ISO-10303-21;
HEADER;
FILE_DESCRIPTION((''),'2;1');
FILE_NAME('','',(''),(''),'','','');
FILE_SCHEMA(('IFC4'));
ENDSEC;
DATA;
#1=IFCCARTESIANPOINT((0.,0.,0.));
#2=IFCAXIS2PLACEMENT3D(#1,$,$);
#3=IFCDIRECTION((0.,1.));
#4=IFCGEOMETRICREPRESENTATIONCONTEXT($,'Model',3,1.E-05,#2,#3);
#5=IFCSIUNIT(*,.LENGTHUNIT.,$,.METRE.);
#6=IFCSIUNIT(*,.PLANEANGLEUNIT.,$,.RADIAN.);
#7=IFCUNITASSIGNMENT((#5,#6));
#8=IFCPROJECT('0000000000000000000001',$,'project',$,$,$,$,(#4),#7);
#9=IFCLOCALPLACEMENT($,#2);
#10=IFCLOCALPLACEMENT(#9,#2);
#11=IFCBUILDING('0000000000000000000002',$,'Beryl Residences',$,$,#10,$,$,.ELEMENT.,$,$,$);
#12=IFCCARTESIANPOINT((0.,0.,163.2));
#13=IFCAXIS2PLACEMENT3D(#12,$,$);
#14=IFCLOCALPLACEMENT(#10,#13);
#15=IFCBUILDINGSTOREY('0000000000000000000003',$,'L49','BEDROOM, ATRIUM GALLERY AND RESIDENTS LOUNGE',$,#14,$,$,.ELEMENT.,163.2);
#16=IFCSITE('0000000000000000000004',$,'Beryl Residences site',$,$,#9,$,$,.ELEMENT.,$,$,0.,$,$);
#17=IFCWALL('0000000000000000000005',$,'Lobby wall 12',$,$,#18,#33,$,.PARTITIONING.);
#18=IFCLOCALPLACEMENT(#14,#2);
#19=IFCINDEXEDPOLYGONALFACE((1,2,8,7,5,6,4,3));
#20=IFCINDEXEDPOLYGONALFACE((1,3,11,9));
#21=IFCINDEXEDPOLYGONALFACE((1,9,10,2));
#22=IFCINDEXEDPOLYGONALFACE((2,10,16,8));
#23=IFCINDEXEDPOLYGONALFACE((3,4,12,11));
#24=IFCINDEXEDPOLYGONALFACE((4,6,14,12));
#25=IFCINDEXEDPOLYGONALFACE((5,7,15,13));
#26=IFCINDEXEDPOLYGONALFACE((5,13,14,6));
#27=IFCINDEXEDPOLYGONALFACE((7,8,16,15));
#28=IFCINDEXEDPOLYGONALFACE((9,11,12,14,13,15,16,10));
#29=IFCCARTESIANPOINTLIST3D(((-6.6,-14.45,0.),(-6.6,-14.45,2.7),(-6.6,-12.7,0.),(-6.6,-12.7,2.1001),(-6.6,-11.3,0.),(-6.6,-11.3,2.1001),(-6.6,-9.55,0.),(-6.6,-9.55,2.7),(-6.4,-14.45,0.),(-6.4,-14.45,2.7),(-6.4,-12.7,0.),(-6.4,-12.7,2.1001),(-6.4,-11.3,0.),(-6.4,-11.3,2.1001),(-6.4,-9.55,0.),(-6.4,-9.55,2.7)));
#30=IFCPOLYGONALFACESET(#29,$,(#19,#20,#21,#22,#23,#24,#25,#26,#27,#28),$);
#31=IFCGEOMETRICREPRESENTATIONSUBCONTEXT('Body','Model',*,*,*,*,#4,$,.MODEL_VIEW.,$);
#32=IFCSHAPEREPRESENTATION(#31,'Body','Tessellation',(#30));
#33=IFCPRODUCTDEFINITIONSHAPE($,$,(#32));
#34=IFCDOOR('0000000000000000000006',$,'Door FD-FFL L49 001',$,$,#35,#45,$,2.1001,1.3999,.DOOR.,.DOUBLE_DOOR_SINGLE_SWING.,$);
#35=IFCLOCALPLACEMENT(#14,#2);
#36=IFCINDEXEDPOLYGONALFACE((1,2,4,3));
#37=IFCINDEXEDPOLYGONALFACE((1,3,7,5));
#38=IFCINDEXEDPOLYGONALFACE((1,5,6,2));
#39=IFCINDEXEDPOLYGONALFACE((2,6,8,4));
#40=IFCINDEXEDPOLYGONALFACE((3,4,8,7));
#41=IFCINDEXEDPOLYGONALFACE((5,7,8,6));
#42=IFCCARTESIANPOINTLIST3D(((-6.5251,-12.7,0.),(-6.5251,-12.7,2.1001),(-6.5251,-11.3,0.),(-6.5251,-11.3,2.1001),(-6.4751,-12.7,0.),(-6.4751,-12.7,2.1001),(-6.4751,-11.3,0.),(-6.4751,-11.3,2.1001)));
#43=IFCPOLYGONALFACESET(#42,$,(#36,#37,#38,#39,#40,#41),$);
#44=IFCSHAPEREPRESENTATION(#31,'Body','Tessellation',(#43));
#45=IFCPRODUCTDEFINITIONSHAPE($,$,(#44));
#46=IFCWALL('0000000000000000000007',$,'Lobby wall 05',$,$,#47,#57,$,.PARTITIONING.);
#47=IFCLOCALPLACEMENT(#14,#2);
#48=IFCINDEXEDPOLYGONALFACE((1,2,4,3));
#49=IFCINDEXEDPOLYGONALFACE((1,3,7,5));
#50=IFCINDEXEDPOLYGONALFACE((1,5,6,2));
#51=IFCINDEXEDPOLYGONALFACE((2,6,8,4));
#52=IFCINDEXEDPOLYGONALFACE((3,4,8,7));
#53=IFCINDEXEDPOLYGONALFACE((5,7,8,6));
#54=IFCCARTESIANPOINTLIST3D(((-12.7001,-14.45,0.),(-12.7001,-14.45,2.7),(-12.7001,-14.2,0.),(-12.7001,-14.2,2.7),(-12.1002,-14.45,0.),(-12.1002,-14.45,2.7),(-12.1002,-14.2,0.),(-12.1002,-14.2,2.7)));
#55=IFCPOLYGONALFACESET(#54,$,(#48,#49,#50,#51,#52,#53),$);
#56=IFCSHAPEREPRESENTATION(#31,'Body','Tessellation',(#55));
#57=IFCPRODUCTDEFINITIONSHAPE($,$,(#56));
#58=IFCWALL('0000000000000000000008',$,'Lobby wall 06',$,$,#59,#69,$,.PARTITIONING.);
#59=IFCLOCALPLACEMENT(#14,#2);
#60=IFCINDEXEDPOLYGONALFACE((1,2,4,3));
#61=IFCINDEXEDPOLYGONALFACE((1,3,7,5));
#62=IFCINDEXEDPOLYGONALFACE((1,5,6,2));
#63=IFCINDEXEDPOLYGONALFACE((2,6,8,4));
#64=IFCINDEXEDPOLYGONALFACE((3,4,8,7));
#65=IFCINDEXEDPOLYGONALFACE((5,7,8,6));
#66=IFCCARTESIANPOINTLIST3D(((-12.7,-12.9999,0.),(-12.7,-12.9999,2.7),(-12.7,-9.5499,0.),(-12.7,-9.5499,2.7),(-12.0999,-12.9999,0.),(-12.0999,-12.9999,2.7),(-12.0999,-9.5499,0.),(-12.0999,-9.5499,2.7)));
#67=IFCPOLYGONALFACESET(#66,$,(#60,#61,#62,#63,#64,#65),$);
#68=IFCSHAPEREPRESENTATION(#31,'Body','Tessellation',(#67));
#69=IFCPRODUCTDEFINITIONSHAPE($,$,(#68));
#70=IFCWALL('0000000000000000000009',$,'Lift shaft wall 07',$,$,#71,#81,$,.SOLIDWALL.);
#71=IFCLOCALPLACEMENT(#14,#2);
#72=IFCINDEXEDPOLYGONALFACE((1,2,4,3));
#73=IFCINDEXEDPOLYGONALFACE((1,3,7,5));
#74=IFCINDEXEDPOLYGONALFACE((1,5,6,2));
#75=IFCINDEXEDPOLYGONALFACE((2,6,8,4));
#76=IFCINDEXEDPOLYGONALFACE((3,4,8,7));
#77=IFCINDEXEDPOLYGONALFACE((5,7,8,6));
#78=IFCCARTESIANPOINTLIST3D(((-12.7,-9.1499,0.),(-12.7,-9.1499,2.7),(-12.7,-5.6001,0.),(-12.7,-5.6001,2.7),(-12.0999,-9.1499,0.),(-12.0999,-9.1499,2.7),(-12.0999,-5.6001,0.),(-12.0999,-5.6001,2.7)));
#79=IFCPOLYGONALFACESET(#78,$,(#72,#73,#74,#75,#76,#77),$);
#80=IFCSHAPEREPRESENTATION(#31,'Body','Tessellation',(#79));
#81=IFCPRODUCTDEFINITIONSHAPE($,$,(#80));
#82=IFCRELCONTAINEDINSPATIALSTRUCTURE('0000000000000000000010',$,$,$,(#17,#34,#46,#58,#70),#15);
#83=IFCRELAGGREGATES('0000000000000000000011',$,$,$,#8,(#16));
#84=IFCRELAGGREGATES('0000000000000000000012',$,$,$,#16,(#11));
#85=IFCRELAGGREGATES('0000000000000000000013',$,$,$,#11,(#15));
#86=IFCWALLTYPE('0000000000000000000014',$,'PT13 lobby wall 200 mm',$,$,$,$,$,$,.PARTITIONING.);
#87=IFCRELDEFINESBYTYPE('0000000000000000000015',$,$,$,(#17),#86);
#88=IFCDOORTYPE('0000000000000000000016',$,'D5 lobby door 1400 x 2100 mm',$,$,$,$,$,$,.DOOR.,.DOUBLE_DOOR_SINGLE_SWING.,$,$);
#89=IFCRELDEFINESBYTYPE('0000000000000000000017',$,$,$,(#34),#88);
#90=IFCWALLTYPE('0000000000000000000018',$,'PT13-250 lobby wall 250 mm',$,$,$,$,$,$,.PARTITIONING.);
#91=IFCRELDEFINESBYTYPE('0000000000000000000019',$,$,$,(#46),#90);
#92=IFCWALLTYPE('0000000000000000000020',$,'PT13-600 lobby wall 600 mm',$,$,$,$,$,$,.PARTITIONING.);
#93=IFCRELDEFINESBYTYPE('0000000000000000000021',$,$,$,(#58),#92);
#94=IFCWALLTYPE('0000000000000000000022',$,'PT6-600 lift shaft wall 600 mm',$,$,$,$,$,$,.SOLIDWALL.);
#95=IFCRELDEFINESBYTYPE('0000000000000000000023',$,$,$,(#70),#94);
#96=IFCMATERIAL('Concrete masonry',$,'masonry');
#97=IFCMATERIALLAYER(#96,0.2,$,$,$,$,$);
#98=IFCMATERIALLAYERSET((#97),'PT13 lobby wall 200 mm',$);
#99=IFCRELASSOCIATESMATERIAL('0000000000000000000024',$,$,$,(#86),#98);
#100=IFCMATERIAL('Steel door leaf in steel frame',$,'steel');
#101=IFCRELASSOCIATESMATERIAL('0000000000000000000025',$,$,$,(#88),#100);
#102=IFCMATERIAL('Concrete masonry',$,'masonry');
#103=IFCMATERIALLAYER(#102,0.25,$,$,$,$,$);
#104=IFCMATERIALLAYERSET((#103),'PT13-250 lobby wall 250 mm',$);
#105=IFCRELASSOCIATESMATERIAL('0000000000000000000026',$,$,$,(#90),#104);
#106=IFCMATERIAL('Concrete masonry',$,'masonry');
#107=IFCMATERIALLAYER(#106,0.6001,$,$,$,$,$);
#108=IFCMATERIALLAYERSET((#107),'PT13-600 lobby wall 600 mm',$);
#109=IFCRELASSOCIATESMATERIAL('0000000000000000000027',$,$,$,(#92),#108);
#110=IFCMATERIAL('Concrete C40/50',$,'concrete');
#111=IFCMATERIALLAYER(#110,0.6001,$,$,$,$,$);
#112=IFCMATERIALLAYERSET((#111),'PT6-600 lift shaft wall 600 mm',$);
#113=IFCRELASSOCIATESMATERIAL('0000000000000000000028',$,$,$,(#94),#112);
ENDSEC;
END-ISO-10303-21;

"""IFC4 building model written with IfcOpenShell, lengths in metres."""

from ifc_helpers import new_model, si_unit, direction, frame, frame_2d, origin, place, context, subcontext, project, spatial, rectangle, extrude, material, layer, layer_set, type_object, element, fill, save


model = new_model("IFC4")

# Units and contexts
model_context = context("Model", 3, precision=1e-05, world=origin(), true_north=direction((0.0, 1.0)))
body_context = subcontext(model_context, "Body", "Model", "MODEL_VIEW")
ifc_project = project(units=[si_unit("LENGTHUNIT", "METRE"), si_unit("PLANEANGLEUNIT", "RADIAN")], contexts=[model_context])

# Site, building, storey
site_placement = place(None, origin())
site = spatial("IfcSite", under=ifc_project, at=site_placement, Name="Beryl Residences site", CompositionType="ELEMENT", RefElevation=0.0)
building_placement = place(site_placement, origin())
building = spatial("IfcBuilding", under=site, at=building_placement, Name="Beryl Residences", CompositionType="ELEMENT")
storey_placement = place(building_placement, frame((0.0, 0.0, 163.2)))
storey = spatial("IfcBuildingStorey", under=building, at=storey_placement, Name="L49", Description="BEDROOM, ATRIUM GALLERY AND RESIDENTS LOUNGE", CompositionType="ELEMENT", Elevation=163.2)

# Wall, opening, door
ifc_material_1 = material(Name="Concrete masonry", Category="masonry")
ifc_layer_1 = layer(ifc_material_1, 0.2)
ifc_layer_set_1 = layer_set([ifc_layer_1], Name="PT13 lobby wall 200 mm")
wall_type_1 = type_object("IfcWallType", Name="PT13 lobby wall 200 mm", PredefinedType="PARTITIONING", material=ifc_layer_set_1)
wall_1_placement = place(storey_placement, frame((-6.5, -14.45, 0.0), z_axis=(0.0, 0.0, 1.0), x_axis=(0.0, 1.0, 0.0)))
wall_1 = element("IfcWall", 1, at=wall_1_placement, inside=storey, type_object=wall_type_1, Name="Lobby wall 12", PredefinedType="PARTITIONING", context=body_context, shape_type="SweptSolid", body=[
    extrude(rectangle(XDim=4.8999, YDim=0.2, at=frame_2d((2.45, 0.0))), origin(), (0.0, 0.0, 1.0), 2.7),
])
opening_1_placement = place(wall_1_placement, frame((3.1499, 0.0, 0.0), z_axis=(0.0, 0.0, 1.0), x_axis=(-1.0, 0.0, 0.0)))
opening_1 = element("IfcOpeningElement", 2, at=opening_1_placement, cuts=wall_1, PredefinedType="OPENING", context=body_context, shape_type="SweptSolid", body=[
    extrude(rectangle(XDim=1.3999, YDim=2.1001, at=frame_2d((0.7, 1.05))), frame((0.0, 0.1099, 0.0), z_axis=(0.0, -1.0, 0.0), x_axis=(1.0, 0.0, 0.0)), (0.0, 0.0, 1.0), 0.22),
])
ifc_material_2 = material(Name="Steel door leaf in steel frame", Category="steel")
door_type_1 = type_object("IfcDoorType", Name="D5 lobby door 1400 x 2100 mm", OperationType="DOUBLE_DOOR_SINGLE_SWING", PredefinedType="DOOR", material=ifc_material_2)
door_1_placement = place(opening_1_placement, origin())
door_1 = element("IfcDoor", 3, at=door_1_placement, inside=storey, type_object=door_type_1, Name="Door FD-FFL L49 001", OperationType="DOUBLE_DOOR_SINGLE_SWING", OverallHeight=2.1001, OverallWidth=1.3999, PredefinedType="DOOR", context=body_context, shape_type="SweptSolid", body=[
    extrude(rectangle(XDim=1.3999, YDim=2.1001, at=frame_2d((0.7, 1.05))), frame((0.0, 0.0249, 0.0), z_axis=(0.0, -1.0, 0.0), x_axis=(1.0, 0.0, 0.0)), (0.0, 0.0, 1.0), 0.05),
])
fill(opening_1, door_1)

# Walls
ifc_material_3 = material(Name="Concrete masonry", Category="masonry")
ifc_layer_2 = layer(ifc_material_3, 0.25)
ifc_layer_set_2 = layer_set([ifc_layer_2], Name="PT13-250 lobby wall 250 mm")
wall_type_2 = type_object("IfcWallType", Name="PT13-250 lobby wall 250 mm", PredefinedType="PARTITIONING", material=ifc_layer_set_2)
wall_2_placement = place(storey_placement, frame((-12.7, -14.325, 0.0), z_axis=(0.0, 0.0, 1.0), x_axis=(1.0, 0.0, 0.0)))
element("IfcWall", 4, at=wall_2_placement, inside=storey, type_object=wall_type_2, Name="Lobby wall 05", PredefinedType="PARTITIONING", context=body_context, shape_type="SweptSolid", body=[
    extrude(rectangle(XDim=0.5999, YDim=0.25, at=frame_2d((0.2998, 0.0))), origin(), (0.0, 0.0, 1.0), 2.7),
])
ifc_material_4 = material(Name="Concrete masonry", Category="masonry")
ifc_layer_3 = layer(ifc_material_4, 0.6001)
ifc_layer_set_3 = layer_set([ifc_layer_3], Name="PT13-600 lobby wall 600 mm")
wall_type_3 = type_object("IfcWallType", Name="PT13-600 lobby wall 600 mm", PredefinedType="PARTITIONING", material=ifc_layer_set_3)
wall_3_placement = place(storey_placement, frame((-12.3999, -13.0, 0.0), z_axis=(0.0, 0.0, 1.0), x_axis=(0.0, 1.0, 0.0)))
element("IfcWall", 5, at=wall_3_placement, inside=storey, type_object=wall_type_3, Name="Lobby wall 06", PredefinedType="PARTITIONING", context=body_context, shape_type="SweptSolid", body=[
    extrude(rectangle(XDim=3.45, YDim=0.6001, at=frame_2d((1.7251, 0.0))), origin(), (0.0, 0.0, 1.0), 2.7),
])
ifc_material_5 = material(Name="Concrete C40/50", Category="concrete")
ifc_layer_4 = layer(ifc_material_5, 0.6001)
ifc_layer_set_4 = layer_set([ifc_layer_4], Name="PT6-600 lift shaft wall 600 mm")
wall_type_4 = type_object("IfcWallType", Name="PT6-600 lift shaft wall 600 mm", PredefinedType="SOLIDWALL", material=ifc_layer_set_4)
wall_4_placement = place(storey_placement, frame((-12.3999, -9.1499, 0.0), z_axis=(0.0, 0.0, 1.0), x_axis=(0.0, 1.0, 0.0)))
element("IfcWall", 6, at=wall_4_placement, inside=storey, type_object=wall_type_4, Name="Lift shaft wall 07", PredefinedType="SOLIDWALL", context=body_context, shape_type="SweptSolid", body=[
    extrude(rectangle(XDim=3.5498, YDim=0.6001, at=frame_2d((1.7749, 0.0))), origin(), (0.0, 0.0, 1.0), 2.7),
])

save(model, "model.ifc")
